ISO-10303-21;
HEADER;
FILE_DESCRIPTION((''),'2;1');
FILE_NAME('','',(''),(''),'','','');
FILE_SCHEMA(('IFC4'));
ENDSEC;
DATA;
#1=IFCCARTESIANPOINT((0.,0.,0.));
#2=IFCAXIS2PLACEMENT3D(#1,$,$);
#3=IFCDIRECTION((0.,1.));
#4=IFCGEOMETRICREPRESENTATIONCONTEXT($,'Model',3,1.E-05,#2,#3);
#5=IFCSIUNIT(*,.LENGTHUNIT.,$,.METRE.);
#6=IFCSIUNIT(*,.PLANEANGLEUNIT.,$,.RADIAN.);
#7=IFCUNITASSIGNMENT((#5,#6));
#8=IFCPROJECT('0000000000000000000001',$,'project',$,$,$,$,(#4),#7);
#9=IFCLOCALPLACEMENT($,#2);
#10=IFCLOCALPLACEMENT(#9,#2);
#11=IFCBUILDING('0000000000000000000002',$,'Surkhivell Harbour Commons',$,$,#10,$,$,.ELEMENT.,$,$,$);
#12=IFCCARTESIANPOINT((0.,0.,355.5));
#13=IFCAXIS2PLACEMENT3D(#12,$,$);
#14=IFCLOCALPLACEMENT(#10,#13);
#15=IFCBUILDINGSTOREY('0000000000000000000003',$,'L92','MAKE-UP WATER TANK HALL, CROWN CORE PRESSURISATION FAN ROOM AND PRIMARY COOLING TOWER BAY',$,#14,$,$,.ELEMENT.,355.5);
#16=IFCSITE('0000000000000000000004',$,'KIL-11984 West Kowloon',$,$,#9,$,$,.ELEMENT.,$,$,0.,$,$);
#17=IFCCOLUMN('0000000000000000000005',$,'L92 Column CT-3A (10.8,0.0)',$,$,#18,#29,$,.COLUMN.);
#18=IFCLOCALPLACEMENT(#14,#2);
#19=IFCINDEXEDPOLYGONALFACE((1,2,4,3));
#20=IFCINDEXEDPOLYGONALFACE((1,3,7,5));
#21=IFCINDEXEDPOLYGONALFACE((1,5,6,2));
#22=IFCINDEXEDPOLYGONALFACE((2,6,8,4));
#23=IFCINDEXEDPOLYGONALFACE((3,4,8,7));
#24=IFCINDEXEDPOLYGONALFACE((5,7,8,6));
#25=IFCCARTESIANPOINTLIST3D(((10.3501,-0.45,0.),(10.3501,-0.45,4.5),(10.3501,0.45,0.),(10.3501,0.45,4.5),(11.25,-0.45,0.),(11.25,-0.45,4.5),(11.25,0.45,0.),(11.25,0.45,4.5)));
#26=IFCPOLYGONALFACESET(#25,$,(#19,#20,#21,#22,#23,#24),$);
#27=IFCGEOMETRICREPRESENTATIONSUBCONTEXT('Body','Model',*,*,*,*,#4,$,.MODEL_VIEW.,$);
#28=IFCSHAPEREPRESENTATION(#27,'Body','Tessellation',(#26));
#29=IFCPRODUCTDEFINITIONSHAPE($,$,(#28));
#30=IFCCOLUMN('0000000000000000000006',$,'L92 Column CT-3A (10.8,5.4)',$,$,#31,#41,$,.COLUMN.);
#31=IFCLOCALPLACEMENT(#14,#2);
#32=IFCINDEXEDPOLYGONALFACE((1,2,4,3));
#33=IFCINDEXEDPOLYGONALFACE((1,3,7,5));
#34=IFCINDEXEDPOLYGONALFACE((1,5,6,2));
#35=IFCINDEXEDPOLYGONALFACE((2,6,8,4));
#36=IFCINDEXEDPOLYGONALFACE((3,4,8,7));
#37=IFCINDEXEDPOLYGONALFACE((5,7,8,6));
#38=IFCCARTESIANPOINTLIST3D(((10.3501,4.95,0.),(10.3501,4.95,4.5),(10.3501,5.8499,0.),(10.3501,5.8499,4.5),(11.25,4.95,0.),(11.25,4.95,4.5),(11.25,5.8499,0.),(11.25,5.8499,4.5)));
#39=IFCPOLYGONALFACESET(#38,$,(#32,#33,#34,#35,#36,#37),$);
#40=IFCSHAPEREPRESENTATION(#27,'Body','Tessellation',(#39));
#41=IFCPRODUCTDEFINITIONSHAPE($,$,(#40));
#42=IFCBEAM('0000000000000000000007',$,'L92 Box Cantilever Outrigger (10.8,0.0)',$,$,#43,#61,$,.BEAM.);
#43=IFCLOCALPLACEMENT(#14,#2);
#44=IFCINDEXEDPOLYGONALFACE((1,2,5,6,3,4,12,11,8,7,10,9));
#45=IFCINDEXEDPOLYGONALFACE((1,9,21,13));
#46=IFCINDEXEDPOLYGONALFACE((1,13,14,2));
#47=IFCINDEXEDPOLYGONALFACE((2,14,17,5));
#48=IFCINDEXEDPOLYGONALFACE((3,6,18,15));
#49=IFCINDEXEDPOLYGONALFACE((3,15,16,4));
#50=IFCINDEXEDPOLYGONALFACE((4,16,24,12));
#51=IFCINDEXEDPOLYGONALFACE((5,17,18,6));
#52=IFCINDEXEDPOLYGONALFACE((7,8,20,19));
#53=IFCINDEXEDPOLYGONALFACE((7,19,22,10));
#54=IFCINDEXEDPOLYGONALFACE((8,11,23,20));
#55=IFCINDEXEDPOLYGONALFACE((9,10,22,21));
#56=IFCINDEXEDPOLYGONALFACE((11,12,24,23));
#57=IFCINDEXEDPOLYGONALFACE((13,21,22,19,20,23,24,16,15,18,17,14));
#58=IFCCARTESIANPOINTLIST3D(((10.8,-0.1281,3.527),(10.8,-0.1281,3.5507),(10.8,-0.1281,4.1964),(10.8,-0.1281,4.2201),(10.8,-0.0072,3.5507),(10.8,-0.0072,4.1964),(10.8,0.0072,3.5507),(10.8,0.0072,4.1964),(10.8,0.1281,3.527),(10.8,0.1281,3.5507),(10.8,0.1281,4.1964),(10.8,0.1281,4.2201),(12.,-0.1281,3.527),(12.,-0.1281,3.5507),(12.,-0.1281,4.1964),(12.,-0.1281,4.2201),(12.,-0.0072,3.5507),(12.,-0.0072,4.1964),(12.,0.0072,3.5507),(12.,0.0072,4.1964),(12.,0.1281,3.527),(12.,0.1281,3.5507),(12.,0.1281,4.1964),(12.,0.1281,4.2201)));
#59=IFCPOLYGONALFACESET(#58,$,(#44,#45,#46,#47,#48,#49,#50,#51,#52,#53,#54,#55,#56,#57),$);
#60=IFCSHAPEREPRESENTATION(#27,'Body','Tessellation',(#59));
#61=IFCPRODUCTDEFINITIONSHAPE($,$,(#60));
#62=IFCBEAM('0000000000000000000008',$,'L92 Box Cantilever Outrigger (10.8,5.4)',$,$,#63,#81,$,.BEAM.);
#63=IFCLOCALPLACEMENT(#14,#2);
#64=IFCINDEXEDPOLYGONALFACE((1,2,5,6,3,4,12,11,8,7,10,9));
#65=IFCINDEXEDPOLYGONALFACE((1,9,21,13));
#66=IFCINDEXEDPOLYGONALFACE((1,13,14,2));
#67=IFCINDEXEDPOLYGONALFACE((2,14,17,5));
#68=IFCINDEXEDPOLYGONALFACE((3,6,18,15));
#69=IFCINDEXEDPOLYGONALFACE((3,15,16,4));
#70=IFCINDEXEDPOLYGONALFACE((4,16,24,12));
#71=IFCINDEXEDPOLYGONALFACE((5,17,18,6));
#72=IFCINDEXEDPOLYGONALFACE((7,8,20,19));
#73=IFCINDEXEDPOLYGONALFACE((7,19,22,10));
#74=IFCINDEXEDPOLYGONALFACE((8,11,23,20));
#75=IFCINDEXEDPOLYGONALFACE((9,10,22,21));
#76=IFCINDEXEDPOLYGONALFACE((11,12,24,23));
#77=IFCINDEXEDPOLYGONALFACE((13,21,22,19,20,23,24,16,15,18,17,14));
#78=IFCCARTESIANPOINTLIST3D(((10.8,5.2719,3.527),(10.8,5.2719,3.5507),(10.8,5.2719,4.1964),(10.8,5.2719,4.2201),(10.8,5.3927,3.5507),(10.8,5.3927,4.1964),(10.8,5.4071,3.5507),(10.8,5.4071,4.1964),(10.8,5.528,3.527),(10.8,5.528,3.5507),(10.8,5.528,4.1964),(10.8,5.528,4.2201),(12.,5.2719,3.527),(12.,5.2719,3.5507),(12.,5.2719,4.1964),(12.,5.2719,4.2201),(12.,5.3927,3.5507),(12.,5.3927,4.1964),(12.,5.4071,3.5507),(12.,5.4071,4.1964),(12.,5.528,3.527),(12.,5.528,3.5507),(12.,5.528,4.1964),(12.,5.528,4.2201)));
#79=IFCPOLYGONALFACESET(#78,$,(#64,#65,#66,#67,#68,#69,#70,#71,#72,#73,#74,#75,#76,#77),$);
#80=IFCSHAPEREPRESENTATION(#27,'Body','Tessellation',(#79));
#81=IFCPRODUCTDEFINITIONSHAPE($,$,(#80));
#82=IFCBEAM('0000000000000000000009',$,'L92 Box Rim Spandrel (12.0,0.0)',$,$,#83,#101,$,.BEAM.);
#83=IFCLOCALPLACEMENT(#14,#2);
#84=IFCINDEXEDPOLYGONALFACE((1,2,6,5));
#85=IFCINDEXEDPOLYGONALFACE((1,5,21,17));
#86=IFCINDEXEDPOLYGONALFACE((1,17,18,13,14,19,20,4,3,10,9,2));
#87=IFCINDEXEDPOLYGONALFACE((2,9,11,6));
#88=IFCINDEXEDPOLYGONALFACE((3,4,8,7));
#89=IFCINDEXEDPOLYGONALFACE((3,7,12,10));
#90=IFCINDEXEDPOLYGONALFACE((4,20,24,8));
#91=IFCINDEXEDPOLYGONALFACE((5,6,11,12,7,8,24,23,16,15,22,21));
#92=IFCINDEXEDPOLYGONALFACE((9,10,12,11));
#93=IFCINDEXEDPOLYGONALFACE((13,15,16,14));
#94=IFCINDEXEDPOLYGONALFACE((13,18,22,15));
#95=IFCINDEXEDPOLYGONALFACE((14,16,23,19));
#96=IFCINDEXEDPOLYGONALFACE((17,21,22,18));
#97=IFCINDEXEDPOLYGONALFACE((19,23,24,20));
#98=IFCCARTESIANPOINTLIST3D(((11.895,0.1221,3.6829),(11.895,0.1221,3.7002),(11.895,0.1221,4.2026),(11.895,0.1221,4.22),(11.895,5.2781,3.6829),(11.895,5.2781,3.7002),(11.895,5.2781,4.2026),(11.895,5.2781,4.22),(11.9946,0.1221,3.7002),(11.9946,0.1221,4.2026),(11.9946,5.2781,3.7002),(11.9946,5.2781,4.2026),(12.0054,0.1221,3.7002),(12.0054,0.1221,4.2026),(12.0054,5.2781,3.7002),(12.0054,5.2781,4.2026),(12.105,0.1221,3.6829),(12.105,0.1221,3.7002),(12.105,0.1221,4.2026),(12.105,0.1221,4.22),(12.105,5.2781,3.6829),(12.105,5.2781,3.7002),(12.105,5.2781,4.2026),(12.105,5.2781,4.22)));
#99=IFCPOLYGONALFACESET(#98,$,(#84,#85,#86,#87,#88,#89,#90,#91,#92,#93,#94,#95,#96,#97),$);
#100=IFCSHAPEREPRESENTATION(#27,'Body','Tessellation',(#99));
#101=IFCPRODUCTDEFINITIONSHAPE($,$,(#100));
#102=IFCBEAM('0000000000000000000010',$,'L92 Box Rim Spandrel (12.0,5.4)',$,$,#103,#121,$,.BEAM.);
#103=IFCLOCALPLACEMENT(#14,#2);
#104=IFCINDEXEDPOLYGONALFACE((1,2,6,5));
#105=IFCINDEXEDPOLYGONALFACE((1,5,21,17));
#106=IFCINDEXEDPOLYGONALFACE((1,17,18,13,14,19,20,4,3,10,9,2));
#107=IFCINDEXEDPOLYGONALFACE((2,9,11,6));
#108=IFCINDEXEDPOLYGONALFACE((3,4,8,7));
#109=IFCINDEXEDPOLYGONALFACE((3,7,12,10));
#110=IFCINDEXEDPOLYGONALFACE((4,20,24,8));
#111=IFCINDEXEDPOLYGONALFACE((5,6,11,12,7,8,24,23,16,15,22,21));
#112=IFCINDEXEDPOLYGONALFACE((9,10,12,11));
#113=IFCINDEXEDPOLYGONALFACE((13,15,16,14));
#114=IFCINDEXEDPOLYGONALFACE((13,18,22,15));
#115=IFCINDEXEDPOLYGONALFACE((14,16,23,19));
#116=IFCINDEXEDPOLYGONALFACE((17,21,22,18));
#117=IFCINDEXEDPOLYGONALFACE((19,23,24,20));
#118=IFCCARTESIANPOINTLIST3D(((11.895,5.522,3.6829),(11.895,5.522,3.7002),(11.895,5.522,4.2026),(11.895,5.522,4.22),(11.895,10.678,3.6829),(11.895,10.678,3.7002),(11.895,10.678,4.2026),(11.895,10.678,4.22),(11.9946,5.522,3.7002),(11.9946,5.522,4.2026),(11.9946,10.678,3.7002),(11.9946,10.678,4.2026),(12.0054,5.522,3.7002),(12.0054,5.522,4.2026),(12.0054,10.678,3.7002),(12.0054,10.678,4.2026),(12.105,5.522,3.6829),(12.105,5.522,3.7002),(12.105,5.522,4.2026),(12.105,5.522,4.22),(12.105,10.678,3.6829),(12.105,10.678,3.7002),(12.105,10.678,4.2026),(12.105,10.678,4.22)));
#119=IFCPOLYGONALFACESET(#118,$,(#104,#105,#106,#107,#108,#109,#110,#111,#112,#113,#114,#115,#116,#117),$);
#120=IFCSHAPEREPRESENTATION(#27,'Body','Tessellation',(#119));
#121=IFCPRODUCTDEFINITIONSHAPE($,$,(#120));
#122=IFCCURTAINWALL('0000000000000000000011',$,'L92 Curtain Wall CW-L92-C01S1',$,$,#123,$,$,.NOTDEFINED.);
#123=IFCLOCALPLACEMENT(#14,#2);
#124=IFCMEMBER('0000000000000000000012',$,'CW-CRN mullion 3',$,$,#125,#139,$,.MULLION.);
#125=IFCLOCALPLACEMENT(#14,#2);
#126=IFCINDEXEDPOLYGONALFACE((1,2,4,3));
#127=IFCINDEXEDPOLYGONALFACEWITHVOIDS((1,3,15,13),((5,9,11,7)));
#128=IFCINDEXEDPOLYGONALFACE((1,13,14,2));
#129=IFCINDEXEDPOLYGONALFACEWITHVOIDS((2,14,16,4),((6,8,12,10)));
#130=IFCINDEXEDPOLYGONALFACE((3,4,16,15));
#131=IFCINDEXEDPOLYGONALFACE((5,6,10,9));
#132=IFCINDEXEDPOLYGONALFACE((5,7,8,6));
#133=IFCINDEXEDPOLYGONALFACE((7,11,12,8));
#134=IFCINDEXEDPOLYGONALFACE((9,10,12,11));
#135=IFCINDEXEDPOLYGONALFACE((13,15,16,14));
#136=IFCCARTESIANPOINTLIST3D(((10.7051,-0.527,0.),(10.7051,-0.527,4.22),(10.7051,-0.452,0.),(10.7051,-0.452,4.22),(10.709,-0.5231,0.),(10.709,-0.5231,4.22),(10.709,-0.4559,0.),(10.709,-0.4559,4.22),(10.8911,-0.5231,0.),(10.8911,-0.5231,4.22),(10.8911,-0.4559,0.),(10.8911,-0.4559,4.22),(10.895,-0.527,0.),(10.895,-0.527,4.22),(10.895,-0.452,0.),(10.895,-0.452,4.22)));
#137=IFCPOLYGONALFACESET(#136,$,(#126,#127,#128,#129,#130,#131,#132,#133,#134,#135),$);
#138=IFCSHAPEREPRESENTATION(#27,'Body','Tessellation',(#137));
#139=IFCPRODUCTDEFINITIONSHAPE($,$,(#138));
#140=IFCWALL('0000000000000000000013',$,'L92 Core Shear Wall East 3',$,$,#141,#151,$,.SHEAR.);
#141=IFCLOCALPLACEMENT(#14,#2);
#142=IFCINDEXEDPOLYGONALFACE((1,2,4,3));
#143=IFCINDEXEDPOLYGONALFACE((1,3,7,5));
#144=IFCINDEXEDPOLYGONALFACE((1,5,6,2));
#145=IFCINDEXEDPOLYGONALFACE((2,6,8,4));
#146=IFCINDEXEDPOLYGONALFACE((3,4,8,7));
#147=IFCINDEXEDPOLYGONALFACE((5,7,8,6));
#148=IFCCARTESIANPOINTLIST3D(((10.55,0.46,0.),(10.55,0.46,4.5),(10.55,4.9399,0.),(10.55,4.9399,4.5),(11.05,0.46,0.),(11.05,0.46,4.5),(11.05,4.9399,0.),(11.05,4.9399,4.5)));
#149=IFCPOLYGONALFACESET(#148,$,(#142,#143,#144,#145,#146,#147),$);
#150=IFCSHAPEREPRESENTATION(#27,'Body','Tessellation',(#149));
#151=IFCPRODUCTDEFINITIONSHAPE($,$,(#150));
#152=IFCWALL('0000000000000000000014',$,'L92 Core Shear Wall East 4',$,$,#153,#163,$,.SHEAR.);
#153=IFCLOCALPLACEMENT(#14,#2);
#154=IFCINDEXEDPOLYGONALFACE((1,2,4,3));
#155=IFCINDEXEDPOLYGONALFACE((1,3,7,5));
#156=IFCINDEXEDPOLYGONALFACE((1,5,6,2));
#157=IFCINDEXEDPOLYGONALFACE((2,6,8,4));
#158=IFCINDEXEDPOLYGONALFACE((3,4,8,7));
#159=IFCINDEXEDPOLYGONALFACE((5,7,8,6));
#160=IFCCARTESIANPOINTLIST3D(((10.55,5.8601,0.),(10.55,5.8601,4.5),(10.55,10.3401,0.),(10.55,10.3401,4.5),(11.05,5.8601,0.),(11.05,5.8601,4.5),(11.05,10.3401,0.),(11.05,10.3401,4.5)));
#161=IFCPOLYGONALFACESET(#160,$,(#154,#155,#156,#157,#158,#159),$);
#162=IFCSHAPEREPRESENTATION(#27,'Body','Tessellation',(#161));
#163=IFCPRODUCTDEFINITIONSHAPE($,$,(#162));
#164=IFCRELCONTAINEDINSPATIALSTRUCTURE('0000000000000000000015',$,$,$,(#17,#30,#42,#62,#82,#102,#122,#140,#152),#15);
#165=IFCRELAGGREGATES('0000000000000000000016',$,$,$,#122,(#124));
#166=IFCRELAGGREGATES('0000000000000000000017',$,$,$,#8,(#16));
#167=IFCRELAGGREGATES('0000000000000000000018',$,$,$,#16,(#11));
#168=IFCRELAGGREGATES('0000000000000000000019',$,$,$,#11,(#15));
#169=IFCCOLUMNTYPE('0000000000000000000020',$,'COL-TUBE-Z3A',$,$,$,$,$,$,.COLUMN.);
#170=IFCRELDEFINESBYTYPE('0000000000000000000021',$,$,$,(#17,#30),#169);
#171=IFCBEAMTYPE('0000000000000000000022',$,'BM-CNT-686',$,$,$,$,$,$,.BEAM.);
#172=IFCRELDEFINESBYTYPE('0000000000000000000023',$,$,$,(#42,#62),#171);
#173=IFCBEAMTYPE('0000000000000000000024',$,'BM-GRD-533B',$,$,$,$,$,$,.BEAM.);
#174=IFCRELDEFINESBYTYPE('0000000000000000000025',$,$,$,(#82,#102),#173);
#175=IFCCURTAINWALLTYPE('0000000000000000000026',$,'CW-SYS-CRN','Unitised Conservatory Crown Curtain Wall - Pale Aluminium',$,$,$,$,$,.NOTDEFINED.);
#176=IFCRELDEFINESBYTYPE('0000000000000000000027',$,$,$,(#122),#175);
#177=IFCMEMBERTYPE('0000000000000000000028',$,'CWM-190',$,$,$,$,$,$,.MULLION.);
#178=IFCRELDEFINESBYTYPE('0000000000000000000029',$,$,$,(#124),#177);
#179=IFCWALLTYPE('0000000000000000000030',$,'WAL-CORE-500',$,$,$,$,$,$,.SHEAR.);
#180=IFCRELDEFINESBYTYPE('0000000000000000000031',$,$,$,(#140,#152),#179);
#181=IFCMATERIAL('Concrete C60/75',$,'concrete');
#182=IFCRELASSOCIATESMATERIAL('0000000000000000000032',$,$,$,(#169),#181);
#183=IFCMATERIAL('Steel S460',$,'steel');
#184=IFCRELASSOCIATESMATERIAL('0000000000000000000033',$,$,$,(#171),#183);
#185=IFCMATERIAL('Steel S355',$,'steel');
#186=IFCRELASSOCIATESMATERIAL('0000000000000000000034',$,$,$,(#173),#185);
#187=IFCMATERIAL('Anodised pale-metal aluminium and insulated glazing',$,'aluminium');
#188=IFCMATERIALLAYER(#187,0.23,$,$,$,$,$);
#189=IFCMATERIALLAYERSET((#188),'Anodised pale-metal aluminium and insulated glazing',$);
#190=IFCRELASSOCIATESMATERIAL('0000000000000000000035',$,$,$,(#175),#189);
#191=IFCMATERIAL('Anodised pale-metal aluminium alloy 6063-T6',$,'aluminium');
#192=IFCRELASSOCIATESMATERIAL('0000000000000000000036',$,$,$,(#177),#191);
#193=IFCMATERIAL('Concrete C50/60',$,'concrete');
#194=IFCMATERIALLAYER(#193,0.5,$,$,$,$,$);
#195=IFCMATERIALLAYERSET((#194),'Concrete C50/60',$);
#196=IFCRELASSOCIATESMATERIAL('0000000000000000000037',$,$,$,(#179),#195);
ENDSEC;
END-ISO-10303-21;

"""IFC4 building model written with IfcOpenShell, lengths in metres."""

from ifc_helpers import new_model, si_unit, direction, frame, frame_2d, origin, origin_2d, place, context, subcontext, project, spatial, rectangle, hollow_rectangle, i_section, extrude, material, layer, layer_set, material_profile, profile_set, type_object, element, aggregate, save


model = new_model("IFC4")

# Units and contexts
model_context = context("Model", 3, precision=1e-05, world=origin(), true_north=direction((0.0, 1.0)))
body_context = subcontext(model_context, "Body", "Model", "MODEL_VIEW")
ifc_project = project(units=[si_unit("LENGTHUNIT", "METRE"), si_unit("PLANEANGLEUNIT", "RADIAN")], contexts=[model_context])

# Site, building, storey
site_placement = place(None, origin())
site = spatial("IfcSite", under=ifc_project, at=site_placement, Name="KIL-11984 West Kowloon", CompositionType="ELEMENT", RefElevation=0.0)
building_placement = place(site_placement, origin())
building = spatial("IfcBuilding", under=site, at=building_placement, Name="Surkhivell Harbour Commons", CompositionType="ELEMENT")
storey_placement = place(building_placement, frame((0.0, 0.0, 355.5)))
storey = spatial("IfcBuildingStorey", under=building, at=storey_placement, Name="L92", Description="MAKE-UP WATER TANK HALL, CROWN CORE PRESSURISATION FAN ROOM AND PRIMARY COOLING TOWER BAY", CompositionType="ELEMENT", Elevation=355.5)

# Columns
ifc_material_1 = material(Name="Concrete C60/75", Category="concrete")
ifc_material_profile_1 = material_profile(ifc_material_1, rectangle(XDim=0.8999, YDim=0.8999, at=origin_2d()), Name="RC-COL-900x900")
ifc_profile_set_1 = profile_set([ifc_material_profile_1], Name="Concrete C60/75")
column_type = type_object("IfcColumnType", Name="COL-TUBE-Z3A", PredefinedType="COLUMN", material=ifc_profile_set_1)
for number, where, z_axis, x_axis, name in (
    (1, (10.8, 0.0, 0.0), (0.0, 0.0, 1.0), (1.0, 0.0, 0.0), "L92 Column CT-3A (10.8,0.0)"),
    (2, (10.8, 5.3999, 0.0), (0.0, 0.0, 1.0), (1.0, 0.0, 0.0), "L92 Column CT-3A (10.8,5.4)"),
):
    element("IfcColumn", number, at=place(storey_placement, frame(where, z_axis=z_axis, x_axis=x_axis)), inside=storey, type_object=column_type, Name=name, PredefinedType="COLUMN", context=body_context, shape_type="SweptSolid", body=[
        extrude(rectangle(XDim=0.8999, YDim=0.8999, at=origin_2d()), origin(), (0.0, 0.0, 1.0), 4.5),
    ])

# Beams
ifc_material_2 = material(Name="Steel S460", Category="steel")
ifc_material_profile_2 = material_profile(ifc_material_2, i_section(OverallWidth=0.2561, OverallDepth=0.6931, WebThickness=0.0144, FlangeThickness=0.0237, at=origin_2d()), Name="UB686x254x170")
ifc_profile_set_2 = profile_set([ifc_material_profile_2], Name="Steel S460")
beam_type_1 = type_object("IfcBeamType", Name="BM-CNT-686", PredefinedType="BEAM", material=ifc_profile_set_2)
for number, where, z_axis, x_axis, name in (
    (3, (10.8, 0.0, 3.8735), (1.0, 0.0, 0.0), (0.0, 1.0, 0.0), "L92 Box Cantilever Outrigger (10.8,0.0)"),
    (4, (10.8, 5.3999, 3.8735), (1.0, 0.0, 0.0), (0.0, 1.0, 0.0), "L92 Box Cantilever Outrigger (10.8,5.4)"),
):
    element("IfcBeam", number, at=place(storey_placement, frame(where, z_axis=z_axis, x_axis=x_axis)), inside=storey, type_object=beam_type_1, Name=name, PredefinedType="BEAM", context=body_context, shape_type="SweptSolid", body=[
        extrude(i_section(OverallWidth=0.2561, OverallDepth=0.6931, WebThickness=0.0144, FlangeThickness=0.0237, at=origin_2d()), origin(), (0.0, 0.0, 1.0), 1.2),
    ])
ifc_material_3 = material(Name="Steel S355", Category="steel")
ifc_material_profile_3 = material_profile(ifc_material_3, i_section(OverallWidth=0.21, OverallDepth=0.5371, WebThickness=0.0107, FlangeThickness=0.0173, at=origin_2d()), Name="UB533x210x101")
ifc_profile_set_3 = profile_set([ifc_material_profile_3], Name="Steel S355")
beam_type_2 = type_object("IfcBeamType", Name="BM-GRD-533B", PredefinedType="BEAM", material=ifc_profile_set_3)
for number, where, z_axis, x_axis, name in (
    (5, (12.0, 0.1221, 3.9514), (0.0, 1.0, 0.0), (-1.0, 0.0, 0.0), "L92 Box Rim Spandrel (12.0,0.0)"),
    (6, (12.0, 5.522, 3.9514), (0.0, 1.0, 0.0), (-1.0, 0.0, 0.0), "L92 Box Rim Spandrel (12.0,5.4)"),
):
    element("IfcBeam", number, at=place(storey_placement, frame(where, z_axis=z_axis, x_axis=x_axis)), inside=storey, type_object=beam_type_2, Name=name, PredefinedType="BEAM", context=body_context, shape_type="SweptSolid", body=[
        extrude(i_section(OverallWidth=0.21, OverallDepth=0.5371, WebThickness=0.0107, FlangeThickness=0.0173, at=origin_2d()), origin(), (0.0, 0.0, 1.0), 5.156),
    ])

# Curtain wall, member
ifc_material_4 = material(Name="Anodised pale-metal aluminium and insulated glazing", Category="aluminium")
ifc_layer_1 = layer(ifc_material_4, 0.23)
ifc_layer_set_1 = layer_set([ifc_layer_1], Name="Anodised pale-metal aluminium and insulated glazing")
curtain_wall_type = type_object("IfcCurtainWallType", Name="CW-SYS-CRN", Description="Unitised Conservatory Crown Curtain Wall - Pale Aluminium", PredefinedType="NOTDEFINED", material=ifc_layer_set_1)
curtain_wall_placement = place(storey_placement, origin())
curtain_wall = element("IfcCurtainWall", 7, at=curtain_wall_placement, inside=storey, type_object=curtain_wall_type, Name="L92 Curtain Wall CW-L92-C01S1", PredefinedType="NOTDEFINED")
ifc_material_5 = material(Name="Anodised pale-metal aluminium alloy 6063-T6", Category="aluminium")
ifc_material_profile_4 = material_profile(ifc_material_5, hollow_rectangle(XDim=0.075, YDim=0.1899, WallThickness=0.0039, at=origin_2d()), Name="ALU-MULL-75x190")
ifc_profile_set_4 = profile_set([ifc_material_profile_4], Name="Anodised pale-metal aluminium alloy 6063-T6")
member_type = type_object("IfcMemberType", Name="CWM-190", PredefinedType="MULLION", material=ifc_profile_set_4)
member_placement = place(storey_placement, frame((10.8, -0.4895, 0.0), z_axis=(0.0, 0.0, 1.0), x_axis=(0.0, 1.0, 0.0)))
member = element("IfcMember", 8, at=member_placement, type_object=member_type, Name="CW-CRN mullion 3", PredefinedType="MULLION", context=body_context, shape_type="SweptSolid", body=[
    extrude(hollow_rectangle(XDim=0.075, YDim=0.1899, WallThickness=0.0039, at=origin_2d()), origin(), (0.0, 0.0, 1.0), 4.22),
])
aggregate(curtain_wall, [member])

# Walls
ifc_material_6 = material(Name="Concrete C50/60", Category="concrete")
ifc_layer_2 = layer(ifc_material_6, 0.5)
ifc_layer_set_2 = layer_set([ifc_layer_2], Name="Concrete C50/60")
wall_type_1 = type_object("IfcWallType", Name="WAL-CORE-500", PredefinedType="SHEAR", material=ifc_layer_set_2)
for number, where, z_axis, x_axis, name in (
    (9, (10.8, 0.46, 0.0), (0.0, 0.0, 1.0), (0.0, 1.0, 0.0), "L92 Core Shear Wall East 3"),
    (10, (10.8, 5.8601, 0.0), (0.0, 0.0, 1.0), (0.0, 1.0, 0.0), "L92 Core Shear Wall East 4"),
):
    element("IfcWall", number, at=place(storey_placement, frame(where, z_axis=z_axis, x_axis=x_axis)), inside=storey, type_object=wall_type_1, Name=name, PredefinedType="SHEAR", context=body_context, shape_type="SweptSolid", body=[
        extrude(rectangle(XDim=4.48, YDim=0.5, at=frame_2d((2.24, 0.0))), origin(), (0.0, 0.0, 1.0), 4.5),
    ])

save(model, "model.ifc")
